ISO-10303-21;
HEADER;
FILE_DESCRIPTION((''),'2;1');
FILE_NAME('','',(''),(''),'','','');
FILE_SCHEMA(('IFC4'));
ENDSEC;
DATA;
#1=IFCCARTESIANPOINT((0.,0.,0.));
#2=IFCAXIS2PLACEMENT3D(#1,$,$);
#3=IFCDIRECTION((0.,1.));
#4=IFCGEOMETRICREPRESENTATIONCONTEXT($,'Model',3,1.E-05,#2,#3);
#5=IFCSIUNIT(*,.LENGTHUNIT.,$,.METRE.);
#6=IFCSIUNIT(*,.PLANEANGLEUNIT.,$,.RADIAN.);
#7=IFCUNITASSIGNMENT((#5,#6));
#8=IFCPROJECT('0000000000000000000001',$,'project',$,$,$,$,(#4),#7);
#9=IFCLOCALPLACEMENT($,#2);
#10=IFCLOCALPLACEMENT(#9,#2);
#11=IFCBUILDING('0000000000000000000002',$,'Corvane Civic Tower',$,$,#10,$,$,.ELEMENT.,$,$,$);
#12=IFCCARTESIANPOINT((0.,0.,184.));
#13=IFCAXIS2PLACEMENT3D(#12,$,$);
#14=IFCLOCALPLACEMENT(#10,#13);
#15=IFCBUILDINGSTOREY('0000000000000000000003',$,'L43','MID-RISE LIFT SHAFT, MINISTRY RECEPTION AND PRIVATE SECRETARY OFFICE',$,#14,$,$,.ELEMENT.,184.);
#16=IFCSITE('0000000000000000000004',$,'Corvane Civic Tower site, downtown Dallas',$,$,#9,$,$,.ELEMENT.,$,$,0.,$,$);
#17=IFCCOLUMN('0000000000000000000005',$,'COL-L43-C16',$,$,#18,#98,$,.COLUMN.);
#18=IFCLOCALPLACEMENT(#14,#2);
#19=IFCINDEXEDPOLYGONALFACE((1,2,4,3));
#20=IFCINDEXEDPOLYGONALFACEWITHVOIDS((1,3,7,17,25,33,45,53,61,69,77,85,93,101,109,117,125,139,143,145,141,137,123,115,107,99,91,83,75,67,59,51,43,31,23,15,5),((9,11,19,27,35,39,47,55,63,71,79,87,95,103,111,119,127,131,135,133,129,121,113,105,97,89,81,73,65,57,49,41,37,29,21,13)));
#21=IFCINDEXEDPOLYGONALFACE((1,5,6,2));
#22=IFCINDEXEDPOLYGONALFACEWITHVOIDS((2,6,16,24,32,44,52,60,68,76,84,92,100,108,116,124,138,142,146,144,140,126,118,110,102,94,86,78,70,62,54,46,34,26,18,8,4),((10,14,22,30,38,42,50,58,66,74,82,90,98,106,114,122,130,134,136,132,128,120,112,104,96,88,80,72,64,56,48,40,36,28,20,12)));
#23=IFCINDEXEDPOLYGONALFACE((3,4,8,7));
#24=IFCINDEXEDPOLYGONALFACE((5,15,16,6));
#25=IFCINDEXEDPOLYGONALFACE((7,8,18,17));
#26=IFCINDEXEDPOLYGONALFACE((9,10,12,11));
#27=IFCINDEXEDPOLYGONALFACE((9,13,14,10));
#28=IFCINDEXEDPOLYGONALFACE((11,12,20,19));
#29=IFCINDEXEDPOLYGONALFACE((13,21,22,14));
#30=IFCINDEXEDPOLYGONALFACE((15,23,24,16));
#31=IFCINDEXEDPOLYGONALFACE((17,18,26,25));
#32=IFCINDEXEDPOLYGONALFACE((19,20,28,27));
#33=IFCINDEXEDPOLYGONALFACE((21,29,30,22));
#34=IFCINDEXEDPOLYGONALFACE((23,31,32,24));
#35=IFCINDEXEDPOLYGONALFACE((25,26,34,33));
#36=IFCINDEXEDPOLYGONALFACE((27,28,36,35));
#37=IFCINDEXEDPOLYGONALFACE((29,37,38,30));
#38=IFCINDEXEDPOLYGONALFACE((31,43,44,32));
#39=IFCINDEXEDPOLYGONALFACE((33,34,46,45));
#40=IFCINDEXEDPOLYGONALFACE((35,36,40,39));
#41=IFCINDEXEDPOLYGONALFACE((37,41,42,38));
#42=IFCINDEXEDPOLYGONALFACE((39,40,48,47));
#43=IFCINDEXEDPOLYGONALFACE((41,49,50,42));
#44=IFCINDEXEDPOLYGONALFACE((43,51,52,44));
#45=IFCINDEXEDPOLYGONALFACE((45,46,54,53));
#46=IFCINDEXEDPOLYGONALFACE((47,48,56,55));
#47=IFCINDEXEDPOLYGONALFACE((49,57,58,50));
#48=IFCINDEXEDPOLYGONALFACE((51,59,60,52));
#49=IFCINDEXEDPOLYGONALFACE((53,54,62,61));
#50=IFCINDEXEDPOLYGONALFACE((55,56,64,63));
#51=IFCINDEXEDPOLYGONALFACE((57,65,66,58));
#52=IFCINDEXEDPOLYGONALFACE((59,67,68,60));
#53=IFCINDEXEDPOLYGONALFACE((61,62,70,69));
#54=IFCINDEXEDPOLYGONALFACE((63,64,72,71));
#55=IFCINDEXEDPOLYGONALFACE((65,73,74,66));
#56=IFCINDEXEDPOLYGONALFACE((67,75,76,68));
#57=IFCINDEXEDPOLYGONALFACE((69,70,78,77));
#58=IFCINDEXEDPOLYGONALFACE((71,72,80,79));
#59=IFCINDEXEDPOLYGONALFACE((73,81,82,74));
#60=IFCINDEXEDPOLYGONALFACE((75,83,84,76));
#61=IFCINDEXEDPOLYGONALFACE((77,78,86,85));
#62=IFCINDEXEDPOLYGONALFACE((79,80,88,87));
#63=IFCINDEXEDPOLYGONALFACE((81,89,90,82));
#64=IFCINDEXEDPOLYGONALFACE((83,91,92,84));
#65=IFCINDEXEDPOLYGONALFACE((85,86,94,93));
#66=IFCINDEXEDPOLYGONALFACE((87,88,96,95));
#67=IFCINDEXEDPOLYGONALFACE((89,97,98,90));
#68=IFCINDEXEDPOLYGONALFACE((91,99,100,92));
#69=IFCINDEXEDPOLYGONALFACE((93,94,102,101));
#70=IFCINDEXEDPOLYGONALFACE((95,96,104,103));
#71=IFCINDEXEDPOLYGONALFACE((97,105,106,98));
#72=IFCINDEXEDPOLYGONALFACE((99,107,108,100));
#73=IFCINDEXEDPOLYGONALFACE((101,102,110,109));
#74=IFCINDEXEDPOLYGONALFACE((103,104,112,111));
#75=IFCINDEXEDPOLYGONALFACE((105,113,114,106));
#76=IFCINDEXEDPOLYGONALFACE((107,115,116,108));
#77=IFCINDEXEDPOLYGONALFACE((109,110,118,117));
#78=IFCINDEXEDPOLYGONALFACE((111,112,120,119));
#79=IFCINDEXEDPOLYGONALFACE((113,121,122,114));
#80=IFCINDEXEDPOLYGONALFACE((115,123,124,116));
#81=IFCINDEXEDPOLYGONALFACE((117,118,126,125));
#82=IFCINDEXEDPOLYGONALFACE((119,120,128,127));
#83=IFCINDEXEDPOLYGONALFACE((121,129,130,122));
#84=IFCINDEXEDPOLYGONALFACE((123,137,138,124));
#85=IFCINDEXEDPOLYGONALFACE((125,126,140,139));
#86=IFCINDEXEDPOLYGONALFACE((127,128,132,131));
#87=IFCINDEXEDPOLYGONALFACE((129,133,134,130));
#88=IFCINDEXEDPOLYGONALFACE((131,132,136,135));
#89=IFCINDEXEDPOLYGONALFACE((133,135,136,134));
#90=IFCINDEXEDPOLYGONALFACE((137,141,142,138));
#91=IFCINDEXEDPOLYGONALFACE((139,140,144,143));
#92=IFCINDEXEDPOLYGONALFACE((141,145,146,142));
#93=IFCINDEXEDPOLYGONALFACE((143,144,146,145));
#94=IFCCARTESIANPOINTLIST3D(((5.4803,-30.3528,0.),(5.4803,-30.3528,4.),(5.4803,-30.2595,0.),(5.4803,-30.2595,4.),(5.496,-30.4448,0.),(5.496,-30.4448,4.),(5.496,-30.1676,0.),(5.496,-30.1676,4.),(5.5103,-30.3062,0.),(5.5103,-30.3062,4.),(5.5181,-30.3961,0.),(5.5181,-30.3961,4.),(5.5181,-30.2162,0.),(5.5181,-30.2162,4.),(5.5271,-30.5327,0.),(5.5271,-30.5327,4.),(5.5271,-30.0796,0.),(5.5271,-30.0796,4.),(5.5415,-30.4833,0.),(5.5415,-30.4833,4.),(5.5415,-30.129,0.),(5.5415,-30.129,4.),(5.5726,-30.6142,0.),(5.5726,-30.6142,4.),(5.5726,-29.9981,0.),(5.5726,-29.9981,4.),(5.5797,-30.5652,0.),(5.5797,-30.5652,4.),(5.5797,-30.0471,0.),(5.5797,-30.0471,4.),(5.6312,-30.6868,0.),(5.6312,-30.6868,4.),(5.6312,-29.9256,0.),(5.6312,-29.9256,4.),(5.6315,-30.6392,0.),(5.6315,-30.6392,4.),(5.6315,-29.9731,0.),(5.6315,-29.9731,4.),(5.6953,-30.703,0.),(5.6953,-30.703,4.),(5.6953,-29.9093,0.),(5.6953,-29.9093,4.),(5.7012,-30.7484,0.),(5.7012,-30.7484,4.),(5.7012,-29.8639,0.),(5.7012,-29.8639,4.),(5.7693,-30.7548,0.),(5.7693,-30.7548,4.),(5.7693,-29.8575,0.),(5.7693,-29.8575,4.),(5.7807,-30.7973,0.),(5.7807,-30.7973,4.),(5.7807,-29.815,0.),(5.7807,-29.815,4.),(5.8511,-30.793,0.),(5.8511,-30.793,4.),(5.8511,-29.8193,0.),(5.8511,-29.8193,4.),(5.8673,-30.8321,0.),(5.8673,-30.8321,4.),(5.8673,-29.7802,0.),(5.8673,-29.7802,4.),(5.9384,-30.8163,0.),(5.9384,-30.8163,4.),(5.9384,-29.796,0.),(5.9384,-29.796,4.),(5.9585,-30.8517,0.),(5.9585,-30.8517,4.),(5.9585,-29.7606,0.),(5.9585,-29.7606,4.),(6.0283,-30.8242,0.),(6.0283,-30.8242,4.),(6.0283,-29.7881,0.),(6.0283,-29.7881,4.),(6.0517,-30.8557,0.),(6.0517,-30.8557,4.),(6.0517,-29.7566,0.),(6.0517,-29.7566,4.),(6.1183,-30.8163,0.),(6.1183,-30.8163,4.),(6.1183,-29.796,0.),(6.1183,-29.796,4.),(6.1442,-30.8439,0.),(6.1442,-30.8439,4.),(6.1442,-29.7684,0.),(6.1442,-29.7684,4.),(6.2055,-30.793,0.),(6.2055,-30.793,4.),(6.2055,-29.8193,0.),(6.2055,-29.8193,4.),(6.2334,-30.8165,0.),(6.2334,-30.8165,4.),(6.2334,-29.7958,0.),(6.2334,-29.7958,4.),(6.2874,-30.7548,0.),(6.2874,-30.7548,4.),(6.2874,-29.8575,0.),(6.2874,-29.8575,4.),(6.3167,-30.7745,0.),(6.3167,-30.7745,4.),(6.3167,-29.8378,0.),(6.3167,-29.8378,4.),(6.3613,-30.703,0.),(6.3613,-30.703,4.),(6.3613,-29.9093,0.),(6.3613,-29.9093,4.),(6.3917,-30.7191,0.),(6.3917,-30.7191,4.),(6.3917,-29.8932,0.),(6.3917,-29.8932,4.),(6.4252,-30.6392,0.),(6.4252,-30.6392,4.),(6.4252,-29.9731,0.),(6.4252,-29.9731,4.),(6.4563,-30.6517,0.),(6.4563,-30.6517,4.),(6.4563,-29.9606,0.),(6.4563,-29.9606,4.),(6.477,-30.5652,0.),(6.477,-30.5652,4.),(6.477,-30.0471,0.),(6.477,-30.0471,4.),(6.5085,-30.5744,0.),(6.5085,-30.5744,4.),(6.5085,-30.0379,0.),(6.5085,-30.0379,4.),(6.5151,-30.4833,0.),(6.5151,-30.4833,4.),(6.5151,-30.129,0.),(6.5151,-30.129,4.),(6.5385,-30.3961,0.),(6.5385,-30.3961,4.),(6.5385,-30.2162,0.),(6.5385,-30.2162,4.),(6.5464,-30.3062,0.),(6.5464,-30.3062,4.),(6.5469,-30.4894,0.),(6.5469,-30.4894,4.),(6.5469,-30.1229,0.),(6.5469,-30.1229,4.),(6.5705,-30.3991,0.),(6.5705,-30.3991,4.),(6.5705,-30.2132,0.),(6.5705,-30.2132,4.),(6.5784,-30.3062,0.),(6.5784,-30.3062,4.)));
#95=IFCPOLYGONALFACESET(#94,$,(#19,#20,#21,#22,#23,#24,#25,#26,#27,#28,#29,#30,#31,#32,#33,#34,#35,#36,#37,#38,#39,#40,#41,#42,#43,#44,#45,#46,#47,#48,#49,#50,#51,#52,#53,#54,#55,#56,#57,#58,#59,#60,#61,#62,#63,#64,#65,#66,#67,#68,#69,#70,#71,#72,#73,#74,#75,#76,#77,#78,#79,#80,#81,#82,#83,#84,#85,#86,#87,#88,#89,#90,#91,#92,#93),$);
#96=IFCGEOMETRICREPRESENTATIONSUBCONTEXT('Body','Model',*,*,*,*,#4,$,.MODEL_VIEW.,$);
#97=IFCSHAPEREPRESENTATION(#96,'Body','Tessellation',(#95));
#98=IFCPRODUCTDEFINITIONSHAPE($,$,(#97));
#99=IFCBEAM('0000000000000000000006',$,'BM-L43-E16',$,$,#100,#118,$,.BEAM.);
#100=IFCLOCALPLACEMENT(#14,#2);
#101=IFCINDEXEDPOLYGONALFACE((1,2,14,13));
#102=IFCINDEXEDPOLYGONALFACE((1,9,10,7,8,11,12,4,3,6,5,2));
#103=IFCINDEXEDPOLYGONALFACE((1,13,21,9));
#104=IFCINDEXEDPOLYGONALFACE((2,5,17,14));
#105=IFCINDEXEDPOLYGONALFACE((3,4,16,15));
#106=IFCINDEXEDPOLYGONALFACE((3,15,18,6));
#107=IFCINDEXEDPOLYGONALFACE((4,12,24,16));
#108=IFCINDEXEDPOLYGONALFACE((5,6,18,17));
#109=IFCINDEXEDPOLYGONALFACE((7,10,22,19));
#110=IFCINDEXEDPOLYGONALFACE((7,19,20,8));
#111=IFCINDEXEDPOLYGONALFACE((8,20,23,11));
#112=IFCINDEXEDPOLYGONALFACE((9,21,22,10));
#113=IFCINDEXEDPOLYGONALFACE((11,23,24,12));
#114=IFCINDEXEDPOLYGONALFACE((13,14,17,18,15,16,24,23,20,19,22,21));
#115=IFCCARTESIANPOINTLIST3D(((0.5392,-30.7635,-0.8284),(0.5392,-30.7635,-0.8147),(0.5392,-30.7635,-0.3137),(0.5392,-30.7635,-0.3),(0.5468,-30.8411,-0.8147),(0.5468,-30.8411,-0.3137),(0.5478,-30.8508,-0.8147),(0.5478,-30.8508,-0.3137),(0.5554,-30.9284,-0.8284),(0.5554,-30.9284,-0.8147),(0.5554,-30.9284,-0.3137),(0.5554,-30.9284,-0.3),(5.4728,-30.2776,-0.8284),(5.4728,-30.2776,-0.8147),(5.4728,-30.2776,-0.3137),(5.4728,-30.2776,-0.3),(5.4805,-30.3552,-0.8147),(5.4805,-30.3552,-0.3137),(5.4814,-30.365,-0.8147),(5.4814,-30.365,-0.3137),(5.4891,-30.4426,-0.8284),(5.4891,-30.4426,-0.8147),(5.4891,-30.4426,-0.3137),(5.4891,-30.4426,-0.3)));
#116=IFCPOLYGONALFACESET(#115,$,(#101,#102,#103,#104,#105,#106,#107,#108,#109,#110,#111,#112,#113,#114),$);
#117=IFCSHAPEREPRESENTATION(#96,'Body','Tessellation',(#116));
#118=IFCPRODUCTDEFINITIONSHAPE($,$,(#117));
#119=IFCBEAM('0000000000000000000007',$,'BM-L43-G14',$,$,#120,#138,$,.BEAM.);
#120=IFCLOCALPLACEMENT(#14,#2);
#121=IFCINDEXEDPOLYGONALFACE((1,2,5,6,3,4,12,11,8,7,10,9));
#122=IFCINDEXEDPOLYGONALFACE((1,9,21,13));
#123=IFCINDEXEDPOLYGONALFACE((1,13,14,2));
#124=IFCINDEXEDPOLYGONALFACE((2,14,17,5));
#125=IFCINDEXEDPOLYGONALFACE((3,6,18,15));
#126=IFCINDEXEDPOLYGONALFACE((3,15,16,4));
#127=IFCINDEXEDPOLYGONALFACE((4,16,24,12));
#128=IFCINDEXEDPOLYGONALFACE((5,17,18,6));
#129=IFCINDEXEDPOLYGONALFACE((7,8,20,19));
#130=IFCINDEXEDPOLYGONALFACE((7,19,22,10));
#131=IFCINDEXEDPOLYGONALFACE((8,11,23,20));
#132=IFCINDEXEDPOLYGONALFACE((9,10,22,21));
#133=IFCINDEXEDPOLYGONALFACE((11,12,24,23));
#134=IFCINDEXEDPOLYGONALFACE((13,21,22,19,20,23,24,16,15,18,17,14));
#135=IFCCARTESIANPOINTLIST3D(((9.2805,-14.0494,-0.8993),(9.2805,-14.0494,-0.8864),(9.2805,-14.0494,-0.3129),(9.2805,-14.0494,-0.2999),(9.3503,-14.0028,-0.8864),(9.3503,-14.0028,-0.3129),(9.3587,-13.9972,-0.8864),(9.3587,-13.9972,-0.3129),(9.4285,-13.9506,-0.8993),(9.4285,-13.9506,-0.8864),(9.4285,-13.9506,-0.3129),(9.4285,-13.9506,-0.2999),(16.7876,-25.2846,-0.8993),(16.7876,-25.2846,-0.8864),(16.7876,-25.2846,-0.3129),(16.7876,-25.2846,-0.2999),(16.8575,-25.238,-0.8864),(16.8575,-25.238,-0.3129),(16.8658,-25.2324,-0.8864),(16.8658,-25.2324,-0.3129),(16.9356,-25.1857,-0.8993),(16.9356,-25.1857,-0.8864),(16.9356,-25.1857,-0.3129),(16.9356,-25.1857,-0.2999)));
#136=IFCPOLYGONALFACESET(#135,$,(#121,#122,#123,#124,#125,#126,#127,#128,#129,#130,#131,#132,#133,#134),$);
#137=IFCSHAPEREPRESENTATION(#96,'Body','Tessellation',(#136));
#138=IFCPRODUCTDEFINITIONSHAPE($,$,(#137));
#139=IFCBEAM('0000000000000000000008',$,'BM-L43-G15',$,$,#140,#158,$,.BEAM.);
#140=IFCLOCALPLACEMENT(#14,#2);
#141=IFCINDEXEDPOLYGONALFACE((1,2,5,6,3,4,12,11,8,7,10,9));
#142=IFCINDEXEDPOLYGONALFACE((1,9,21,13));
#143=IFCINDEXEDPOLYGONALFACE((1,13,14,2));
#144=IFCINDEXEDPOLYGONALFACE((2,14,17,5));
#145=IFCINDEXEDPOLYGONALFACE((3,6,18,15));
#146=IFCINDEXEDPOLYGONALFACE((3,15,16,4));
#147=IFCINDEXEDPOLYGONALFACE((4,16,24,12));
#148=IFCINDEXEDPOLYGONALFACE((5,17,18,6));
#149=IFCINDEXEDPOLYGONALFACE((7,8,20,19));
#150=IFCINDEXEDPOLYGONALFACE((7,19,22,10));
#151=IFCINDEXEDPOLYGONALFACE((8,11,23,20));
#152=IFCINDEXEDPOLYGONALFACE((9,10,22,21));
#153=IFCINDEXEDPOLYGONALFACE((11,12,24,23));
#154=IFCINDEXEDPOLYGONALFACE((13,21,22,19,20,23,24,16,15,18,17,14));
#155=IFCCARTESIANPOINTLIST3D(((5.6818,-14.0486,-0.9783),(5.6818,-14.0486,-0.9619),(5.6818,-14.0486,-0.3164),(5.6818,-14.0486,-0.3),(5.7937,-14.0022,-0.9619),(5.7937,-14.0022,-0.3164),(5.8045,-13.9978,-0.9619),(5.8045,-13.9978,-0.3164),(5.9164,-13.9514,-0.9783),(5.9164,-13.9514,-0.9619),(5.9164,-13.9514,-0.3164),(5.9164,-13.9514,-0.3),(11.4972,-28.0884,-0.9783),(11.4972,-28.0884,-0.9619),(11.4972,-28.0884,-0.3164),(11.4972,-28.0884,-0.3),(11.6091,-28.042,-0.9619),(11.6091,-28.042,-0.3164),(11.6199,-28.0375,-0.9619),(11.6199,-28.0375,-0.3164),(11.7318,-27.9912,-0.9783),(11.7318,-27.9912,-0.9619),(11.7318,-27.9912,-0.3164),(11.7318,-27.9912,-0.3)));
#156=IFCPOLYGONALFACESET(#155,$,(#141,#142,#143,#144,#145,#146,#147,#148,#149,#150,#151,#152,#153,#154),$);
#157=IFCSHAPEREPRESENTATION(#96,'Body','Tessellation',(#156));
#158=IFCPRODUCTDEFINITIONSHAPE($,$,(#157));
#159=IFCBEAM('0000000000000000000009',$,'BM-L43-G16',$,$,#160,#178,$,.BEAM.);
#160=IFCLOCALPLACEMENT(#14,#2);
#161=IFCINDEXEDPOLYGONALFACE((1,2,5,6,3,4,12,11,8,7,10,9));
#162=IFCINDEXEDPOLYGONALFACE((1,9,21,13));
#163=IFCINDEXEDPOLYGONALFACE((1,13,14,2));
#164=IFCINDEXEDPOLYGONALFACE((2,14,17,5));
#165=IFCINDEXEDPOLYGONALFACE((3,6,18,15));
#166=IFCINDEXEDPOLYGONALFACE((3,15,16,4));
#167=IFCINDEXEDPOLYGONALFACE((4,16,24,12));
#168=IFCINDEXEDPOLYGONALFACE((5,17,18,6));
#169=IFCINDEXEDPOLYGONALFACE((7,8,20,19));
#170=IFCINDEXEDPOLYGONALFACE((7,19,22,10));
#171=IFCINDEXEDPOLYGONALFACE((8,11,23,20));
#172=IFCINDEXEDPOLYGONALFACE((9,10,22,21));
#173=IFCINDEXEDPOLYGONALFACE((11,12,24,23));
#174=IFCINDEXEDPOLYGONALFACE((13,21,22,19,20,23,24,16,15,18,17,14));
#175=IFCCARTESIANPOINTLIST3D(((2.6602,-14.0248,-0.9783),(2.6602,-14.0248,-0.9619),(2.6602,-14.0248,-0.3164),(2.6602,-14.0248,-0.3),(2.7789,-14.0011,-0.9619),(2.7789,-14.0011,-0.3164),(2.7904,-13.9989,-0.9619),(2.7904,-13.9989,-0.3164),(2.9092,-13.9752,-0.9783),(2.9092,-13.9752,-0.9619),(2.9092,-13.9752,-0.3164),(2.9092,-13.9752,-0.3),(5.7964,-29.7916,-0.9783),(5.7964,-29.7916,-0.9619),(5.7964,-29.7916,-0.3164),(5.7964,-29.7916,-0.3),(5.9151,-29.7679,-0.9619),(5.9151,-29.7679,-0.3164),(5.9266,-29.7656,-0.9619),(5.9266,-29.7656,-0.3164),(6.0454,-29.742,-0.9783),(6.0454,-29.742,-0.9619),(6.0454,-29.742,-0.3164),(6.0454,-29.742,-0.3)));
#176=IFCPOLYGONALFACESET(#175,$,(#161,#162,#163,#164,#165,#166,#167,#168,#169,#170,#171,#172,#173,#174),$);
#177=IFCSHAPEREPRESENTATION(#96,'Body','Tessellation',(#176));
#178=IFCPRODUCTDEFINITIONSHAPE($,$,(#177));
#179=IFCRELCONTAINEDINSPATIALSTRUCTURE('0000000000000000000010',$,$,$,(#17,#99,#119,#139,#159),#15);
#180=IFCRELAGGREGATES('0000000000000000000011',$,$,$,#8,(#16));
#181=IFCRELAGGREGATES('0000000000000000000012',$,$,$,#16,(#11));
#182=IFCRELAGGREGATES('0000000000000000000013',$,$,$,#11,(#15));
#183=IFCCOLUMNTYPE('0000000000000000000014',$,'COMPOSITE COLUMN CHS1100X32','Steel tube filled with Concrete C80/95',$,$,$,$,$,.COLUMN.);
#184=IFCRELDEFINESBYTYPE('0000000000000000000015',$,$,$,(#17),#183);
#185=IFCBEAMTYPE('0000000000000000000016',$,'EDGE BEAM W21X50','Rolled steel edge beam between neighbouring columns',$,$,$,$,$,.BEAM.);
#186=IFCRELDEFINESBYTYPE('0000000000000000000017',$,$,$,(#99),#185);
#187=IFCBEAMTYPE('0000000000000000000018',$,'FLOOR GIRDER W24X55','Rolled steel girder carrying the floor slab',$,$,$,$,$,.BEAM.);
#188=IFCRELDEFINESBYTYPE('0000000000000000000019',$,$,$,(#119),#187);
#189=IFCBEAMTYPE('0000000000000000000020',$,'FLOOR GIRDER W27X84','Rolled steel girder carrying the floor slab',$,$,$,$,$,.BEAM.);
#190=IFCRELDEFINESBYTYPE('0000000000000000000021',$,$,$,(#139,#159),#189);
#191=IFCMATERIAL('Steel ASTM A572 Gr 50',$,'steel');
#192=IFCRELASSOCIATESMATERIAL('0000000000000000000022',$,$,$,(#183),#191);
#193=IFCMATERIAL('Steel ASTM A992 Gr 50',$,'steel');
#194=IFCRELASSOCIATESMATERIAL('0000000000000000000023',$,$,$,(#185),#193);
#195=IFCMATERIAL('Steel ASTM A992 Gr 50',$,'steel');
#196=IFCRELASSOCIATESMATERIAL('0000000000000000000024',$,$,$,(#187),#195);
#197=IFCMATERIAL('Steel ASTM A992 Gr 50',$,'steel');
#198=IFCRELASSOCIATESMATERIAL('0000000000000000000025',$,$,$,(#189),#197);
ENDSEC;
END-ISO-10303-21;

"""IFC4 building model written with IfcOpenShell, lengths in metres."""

from ifc_helpers import new_model, si_unit, direction, frame, origin, origin_2d, place, context, subcontext, project, spatial, hollow_circle, i_section, extrude, material, material_profile, profile_set, type_object, element, save


model = new_model("IFC4")

# Units and contexts
model_context = context("Model", 3, precision=1e-05, world=origin(), true_north=direction((0.0, 1.0)))
body_context = subcontext(model_context, "Body", "Model", "MODEL_VIEW")
ifc_project = project(units=[si_unit("LENGTHUNIT", "METRE"), si_unit("PLANEANGLEUNIT", "RADIAN")], contexts=[model_context])

# Site, building, storey
site_placement = place(None, origin())
site = spatial("IfcSite", under=ifc_project, at=site_placement, Name="Corvane Civic Tower site, downtown Dallas", CompositionType="ELEMENT", RefElevation=0.0)
building_placement = place(site_placement, origin())
building = spatial("IfcBuilding", under=site, at=building_placement, Name="Corvane Civic Tower", CompositionType="ELEMENT")
storey_placement = place(building_placement, frame((0.0, 0.0, 184.0)))
storey = spatial("IfcBuildingStorey", under=building, at=storey_placement, Name="L43", Description="MID-RISE LIFT SHAFT, MINISTRY RECEPTION AND PRIVATE SECRETARY OFFICE", CompositionType="ELEMENT", Elevation=184.0)

# Column
ifc_material_1 = material(Name="Steel ASTM A572 Gr 50", Category="steel")
ifc_material_profile_1 = material_profile(ifc_material_1, hollow_circle(Radius=0.55, WallThickness=0.032, at=origin_2d()), Name="CHS1100X32")
ifc_profile_set_1 = profile_set([ifc_material_profile_1], Name="Steel ASTM A572 Gr 50")
column_type = type_object("IfcColumnType", Name="COMPOSITE COLUMN CHS1100X32", Description="Steel tube filled with Concrete C80/95", PredefinedType="COLUMN", material=ifc_profile_set_1)
column_placement = place(storey_placement, frame((6.0283, -30.3062, 0.0), z_axis=(0.0, 0.0, 1.0), x_axis=(1.0, 0.0, 0.0)))
element("IfcColumn", 1, at=column_placement, inside=storey, type_object=column_type, Name="COL-L43-C16", PredefinedType="COLUMN", context=body_context, shape_type="SweptSolid", body=[
    extrude(hollow_circle(Radius=0.55, WallThickness=0.032, at=origin_2d()), origin(), (0.0, 0.0, 1.0), 4.0),
])

# Beams
ifc_material_2 = material(Name="Steel ASTM A992 Gr 50", Category="steel")
ifc_material_profile_2 = material_profile(ifc_material_2, i_section(OverallWidth=0.1658, OverallDepth=0.5283, WebThickness=0.0098, FlangeThickness=0.0137, at=origin_2d()), Name="W21X50")
ifc_profile_set_2 = profile_set([ifc_material_profile_2], Name="Steel ASTM A992 Gr 50")
beam_type_1 = type_object("IfcBeamType", Name="EDGE BEAM W21X50", Description="Rolled steel edge beam between neighbouring columns", PredefinedType="BEAM", material=ifc_profile_set_2)
beam_1_placement = place(storey_placement, frame((5.481, -30.3601, -0.5642), z_axis=(-0.995186, -0.098002, 0.0), x_axis=(0.098002, -0.995186, 0.0)))
element("IfcBeam", 2, at=beam_1_placement, inside=storey, type_object=beam_type_1, Name="BM-L43-E16", PredefinedType="BEAM", context=body_context, shape_type="SweptSolid", body=[
    extrude(i_section(OverallWidth=0.1658, OverallDepth=0.5283, WebThickness=0.0098, FlangeThickness=0.0137, at=origin_2d()), origin(), (0.0, 0.0, 1.0), 4.9575),
])
ifc_material_3 = material(Name="Steel ASTM A992 Gr 50", Category="steel")
ifc_material_profile_3 = material_profile(ifc_material_3, i_section(OverallWidth=0.178, OverallDepth=0.5994, WebThickness=0.01, FlangeThickness=0.0129, at=origin_2d()), Name="W24X55")
ifc_profile_set_3 = profile_set([ifc_material_profile_3], Name="Steel ASTM A992 Gr 50")
beam_type_2 = type_object("IfcBeamType", Name="FLOOR GIRDER W24X55", Description="Rolled steel girder carrying the floor slab", PredefinedType="BEAM", material=ifc_profile_set_3)
beam_2_placement = place(storey_placement, frame((9.3545, -14.0, -0.5996), z_axis=(0.555571, -0.831469, 0.0), x_axis=(0.831469, 0.555571, 0.0)))
element("IfcBeam", 3, at=beam_2_placement, inside=storey, type_object=beam_type_2, Name="BM-L43-G14", PredefinedType="BEAM", context=body_context, shape_type="SweptSolid", body=[
    extrude(i_section(OverallWidth=0.178, OverallDepth=0.5994, WebThickness=0.01, FlangeThickness=0.0129, at=origin_2d()), origin(), (0.0, 0.0, 1.0), 13.5125),
])
ifc_material_4 = material(Name="Steel ASTM A992 Gr 50", Category="steel")
ifc_material_profile_4 = material_profile(ifc_material_4, i_section(OverallWidth=0.2539, OverallDepth=0.6782, WebThickness=0.0117, FlangeThickness=0.0164, at=origin_2d()), Name="W27X84")
ifc_profile_set_4 = profile_set([ifc_material_profile_4], Name="Steel ASTM A992 Gr 50")
beam_type_3 = type_object("IfcBeamType", Name="FLOOR GIRDER W27X84", Description="Rolled steel girder carrying the floor slab", PredefinedType="BEAM", material=ifc_profile_set_4)
beam_3_placement = place(storey_placement, frame((5.7991, -14.0, -0.6392), z_axis=(0.382681, -0.923881, 0.0), x_axis=(0.923881, 0.382681, 0.0)))
element("IfcBeam", 4, at=beam_3_placement, inside=storey, type_object=beam_type_3, Name="BM-L43-G15", PredefinedType="BEAM", context=body_context, shape_type="SweptSolid", body=[
    extrude(i_section(OverallWidth=0.2539, OverallDepth=0.6782, WebThickness=0.0117, FlangeThickness=0.0164, at=origin_2d()), origin(), (0.0, 0.0, 1.0), 15.1965),
])
beam_4_placement = place(storey_placement, frame((2.7847, -14.0, -0.6392), z_axis=(0.195091, -0.980785, 0.0), x_axis=(0.980785, 0.195091, 0.0)))
element("IfcBeam", 5, at=beam_4_placement, inside=storey, type_object=beam_type_3, Name="BM-L43-G16", PredefinedType="BEAM", context=body_context, shape_type="SweptSolid", body=[
    extrude(i_section(OverallWidth=0.2539, OverallDepth=0.6782, WebThickness=0.0117, FlangeThickness=0.0164, at=origin_2d()), origin(), (0.0, 0.0, 1.0), 16.0757),
])

save(model, "model.ifc")
